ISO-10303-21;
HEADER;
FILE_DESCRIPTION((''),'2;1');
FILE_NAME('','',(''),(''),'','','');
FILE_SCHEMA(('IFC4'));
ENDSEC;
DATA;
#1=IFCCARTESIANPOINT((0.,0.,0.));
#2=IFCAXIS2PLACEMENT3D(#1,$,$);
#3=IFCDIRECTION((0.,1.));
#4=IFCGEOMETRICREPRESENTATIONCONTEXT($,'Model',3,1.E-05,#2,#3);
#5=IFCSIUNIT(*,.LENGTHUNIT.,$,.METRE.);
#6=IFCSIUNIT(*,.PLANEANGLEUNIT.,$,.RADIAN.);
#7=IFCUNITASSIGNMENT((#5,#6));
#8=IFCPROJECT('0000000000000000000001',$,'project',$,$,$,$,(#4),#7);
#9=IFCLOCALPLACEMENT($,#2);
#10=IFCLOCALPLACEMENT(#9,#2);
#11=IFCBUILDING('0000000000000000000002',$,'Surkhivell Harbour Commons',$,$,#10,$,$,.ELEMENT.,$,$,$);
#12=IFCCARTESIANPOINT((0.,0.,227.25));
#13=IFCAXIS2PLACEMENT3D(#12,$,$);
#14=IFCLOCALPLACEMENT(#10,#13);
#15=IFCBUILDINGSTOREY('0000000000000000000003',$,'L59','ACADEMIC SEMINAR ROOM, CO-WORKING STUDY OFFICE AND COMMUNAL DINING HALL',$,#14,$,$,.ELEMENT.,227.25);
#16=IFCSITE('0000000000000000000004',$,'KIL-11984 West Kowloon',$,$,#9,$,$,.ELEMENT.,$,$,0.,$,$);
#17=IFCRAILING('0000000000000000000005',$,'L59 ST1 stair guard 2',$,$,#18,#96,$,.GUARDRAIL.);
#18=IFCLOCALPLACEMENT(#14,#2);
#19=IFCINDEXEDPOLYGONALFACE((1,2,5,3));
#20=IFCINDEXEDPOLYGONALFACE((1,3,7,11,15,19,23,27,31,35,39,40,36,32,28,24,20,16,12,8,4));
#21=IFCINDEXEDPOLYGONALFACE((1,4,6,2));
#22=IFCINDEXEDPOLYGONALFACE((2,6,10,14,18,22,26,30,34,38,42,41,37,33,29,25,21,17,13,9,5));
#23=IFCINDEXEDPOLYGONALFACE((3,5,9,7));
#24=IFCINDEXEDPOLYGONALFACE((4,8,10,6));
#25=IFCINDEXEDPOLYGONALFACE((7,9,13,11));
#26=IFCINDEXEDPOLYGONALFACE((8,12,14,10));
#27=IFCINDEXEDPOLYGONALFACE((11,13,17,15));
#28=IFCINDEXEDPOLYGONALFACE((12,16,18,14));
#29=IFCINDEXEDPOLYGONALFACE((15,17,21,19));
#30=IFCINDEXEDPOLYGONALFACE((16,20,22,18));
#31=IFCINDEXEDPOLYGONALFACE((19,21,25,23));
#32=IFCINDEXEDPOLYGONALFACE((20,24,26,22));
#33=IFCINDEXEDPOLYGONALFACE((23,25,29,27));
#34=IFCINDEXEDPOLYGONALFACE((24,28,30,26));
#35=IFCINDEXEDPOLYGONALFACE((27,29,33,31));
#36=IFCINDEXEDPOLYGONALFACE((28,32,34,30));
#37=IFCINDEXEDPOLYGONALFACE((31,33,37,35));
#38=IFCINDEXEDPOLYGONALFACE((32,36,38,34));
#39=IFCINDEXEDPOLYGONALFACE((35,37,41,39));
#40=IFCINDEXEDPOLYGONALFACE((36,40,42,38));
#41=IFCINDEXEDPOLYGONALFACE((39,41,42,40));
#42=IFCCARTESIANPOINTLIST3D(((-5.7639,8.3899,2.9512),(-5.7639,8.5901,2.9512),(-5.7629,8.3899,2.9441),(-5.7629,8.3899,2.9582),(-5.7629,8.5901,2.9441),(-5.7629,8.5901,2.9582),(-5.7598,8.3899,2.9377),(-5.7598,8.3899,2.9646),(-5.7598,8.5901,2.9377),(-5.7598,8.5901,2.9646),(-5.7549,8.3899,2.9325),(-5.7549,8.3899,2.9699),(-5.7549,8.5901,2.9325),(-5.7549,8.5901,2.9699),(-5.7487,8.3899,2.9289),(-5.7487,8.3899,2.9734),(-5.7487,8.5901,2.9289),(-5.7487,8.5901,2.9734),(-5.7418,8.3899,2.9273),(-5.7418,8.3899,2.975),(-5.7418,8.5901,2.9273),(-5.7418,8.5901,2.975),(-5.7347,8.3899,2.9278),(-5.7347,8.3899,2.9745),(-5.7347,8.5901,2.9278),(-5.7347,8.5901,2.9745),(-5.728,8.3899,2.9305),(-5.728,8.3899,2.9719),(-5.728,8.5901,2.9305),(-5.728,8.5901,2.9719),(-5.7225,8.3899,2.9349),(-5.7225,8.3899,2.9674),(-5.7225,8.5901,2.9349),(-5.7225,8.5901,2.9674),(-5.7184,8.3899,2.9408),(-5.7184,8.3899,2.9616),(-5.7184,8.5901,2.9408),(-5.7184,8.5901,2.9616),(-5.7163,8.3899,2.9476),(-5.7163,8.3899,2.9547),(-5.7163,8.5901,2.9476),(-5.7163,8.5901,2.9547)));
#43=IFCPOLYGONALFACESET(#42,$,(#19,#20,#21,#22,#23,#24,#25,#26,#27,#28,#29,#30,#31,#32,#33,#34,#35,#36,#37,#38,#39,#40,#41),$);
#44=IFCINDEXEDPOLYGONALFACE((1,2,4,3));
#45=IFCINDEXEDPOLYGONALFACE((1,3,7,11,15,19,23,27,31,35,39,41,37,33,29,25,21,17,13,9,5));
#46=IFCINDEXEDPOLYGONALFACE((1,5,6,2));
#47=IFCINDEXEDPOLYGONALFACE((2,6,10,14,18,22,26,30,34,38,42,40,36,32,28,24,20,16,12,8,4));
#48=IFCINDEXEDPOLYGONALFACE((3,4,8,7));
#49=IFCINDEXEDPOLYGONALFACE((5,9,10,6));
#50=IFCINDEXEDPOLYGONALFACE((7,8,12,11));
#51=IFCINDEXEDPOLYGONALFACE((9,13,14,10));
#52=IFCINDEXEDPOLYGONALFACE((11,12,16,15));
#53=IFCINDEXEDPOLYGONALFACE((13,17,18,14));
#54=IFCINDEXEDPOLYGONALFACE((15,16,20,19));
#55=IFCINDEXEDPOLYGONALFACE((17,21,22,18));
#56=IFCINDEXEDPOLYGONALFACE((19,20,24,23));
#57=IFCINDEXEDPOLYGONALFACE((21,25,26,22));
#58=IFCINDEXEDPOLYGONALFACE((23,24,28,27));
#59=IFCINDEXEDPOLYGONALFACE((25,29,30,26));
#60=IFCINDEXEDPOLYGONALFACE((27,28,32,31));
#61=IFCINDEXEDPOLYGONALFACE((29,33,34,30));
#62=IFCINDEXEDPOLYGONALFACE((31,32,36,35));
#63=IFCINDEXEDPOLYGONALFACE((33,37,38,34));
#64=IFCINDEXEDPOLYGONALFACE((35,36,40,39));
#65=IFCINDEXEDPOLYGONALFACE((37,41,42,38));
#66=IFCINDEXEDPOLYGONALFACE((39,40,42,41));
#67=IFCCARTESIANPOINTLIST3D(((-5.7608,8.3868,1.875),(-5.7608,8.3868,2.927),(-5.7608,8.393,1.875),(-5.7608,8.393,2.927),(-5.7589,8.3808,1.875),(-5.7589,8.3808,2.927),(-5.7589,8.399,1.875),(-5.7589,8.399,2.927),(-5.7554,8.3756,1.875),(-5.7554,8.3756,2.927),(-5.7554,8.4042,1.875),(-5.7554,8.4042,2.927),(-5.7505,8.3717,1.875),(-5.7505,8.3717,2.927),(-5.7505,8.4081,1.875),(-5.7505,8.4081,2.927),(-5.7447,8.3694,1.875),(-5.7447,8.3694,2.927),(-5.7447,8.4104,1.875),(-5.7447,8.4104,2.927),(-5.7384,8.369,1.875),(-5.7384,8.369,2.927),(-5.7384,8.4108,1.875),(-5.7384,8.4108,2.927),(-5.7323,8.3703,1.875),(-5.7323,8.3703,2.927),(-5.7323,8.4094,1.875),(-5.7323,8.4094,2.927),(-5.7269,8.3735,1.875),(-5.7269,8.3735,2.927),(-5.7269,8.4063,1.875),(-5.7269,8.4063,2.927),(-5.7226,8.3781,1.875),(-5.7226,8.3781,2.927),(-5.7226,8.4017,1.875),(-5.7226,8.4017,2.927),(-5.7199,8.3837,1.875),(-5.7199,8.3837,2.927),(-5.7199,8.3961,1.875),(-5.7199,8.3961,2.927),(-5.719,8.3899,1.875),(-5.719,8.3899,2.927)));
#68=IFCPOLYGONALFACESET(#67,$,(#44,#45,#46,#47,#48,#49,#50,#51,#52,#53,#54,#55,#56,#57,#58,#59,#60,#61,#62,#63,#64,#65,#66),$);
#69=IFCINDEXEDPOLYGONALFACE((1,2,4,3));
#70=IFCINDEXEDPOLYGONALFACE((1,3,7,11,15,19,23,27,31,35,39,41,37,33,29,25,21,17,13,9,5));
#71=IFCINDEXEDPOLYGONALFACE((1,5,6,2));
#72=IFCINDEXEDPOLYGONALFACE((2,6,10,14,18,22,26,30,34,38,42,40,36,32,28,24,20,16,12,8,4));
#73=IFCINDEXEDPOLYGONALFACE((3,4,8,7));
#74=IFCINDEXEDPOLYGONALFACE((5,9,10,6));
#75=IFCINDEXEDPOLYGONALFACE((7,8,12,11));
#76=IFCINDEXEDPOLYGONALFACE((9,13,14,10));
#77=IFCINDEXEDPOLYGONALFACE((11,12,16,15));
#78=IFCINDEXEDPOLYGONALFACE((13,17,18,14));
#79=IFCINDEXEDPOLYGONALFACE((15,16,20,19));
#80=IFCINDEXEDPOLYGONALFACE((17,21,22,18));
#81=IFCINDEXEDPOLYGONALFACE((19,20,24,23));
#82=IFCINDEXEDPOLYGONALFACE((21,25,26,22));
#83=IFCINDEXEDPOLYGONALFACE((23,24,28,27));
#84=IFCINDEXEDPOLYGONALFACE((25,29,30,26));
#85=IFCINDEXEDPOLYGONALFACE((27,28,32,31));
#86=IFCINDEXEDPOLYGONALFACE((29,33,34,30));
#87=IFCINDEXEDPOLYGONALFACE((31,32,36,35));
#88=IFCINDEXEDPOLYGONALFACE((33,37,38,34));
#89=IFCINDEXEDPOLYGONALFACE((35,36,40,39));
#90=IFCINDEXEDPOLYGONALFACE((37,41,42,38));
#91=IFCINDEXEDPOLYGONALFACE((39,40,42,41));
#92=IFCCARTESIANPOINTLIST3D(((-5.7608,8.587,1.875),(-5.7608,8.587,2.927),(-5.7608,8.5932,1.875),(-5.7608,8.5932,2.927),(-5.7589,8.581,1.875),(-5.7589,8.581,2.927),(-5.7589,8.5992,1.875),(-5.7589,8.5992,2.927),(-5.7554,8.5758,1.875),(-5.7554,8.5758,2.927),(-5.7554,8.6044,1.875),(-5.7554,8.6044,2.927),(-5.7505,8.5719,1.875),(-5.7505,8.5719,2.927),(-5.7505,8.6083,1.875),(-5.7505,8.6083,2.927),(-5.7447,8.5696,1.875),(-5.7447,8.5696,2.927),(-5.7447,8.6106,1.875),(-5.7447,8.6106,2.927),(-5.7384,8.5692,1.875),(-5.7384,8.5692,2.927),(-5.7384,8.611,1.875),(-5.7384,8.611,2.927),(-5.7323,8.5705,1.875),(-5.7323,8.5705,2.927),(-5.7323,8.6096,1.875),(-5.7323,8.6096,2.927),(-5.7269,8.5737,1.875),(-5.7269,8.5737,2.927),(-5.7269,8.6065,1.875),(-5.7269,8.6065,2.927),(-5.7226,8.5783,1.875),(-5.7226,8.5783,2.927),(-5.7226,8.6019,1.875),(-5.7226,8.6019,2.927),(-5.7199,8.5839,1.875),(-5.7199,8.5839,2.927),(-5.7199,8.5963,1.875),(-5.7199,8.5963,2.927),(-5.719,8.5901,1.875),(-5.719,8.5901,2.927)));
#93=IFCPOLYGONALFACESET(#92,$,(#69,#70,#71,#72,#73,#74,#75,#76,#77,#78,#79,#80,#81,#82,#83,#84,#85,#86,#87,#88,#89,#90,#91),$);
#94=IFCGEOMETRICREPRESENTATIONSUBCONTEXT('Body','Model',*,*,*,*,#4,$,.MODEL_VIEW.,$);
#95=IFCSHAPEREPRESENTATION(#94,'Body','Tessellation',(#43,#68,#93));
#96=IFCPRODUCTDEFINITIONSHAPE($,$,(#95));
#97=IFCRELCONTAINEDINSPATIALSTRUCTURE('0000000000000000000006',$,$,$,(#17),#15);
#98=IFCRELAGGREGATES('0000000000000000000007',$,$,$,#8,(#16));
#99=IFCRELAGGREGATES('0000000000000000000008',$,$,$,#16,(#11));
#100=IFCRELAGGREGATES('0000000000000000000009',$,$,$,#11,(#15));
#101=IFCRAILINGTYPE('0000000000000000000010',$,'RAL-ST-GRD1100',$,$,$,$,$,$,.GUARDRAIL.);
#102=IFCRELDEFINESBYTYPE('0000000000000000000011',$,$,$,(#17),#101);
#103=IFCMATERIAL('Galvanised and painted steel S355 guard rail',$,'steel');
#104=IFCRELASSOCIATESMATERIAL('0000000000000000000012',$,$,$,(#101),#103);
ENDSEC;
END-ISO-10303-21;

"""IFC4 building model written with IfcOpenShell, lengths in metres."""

from ifc_helpers import new_model, si_unit, direction, frame, origin, origin_2d, place, context, subcontext, project, spatial, circle, extrude, material, type_object, element, save


model = new_model("IFC4")

# Units and contexts
model_context = context("Model", 3, precision=1e-05, world=origin(), true_north=direction((0.0, 1.0)))
body_context = subcontext(model_context, "Body", "Model", "MODEL_VIEW")
ifc_project = project(units=[si_unit("LENGTHUNIT", "METRE"), si_unit("PLANEANGLEUNIT", "RADIAN")], contexts=[model_context])

# Site, building, storey
site_placement = place(None, origin())
site = spatial("IfcSite", under=ifc_project, at=site_placement, Name="KIL-11984 West Kowloon", CompositionType="ELEMENT", RefElevation=0.0)
building_placement = place(site_placement, origin())
building = spatial("IfcBuilding", under=site, at=building_placement, Name="Surkhivell Harbour Commons", CompositionType="ELEMENT")
storey_placement = place(building_placement, frame((0.0, 0.0, 227.25)))
storey = spatial("IfcBuildingStorey", under=building, at=storey_placement, Name="L59", Description="ACADEMIC SEMINAR ROOM, CO-WORKING STUDY OFFICE AND COMMUNAL DINING HALL", CompositionType="ELEMENT", Elevation=227.25)

# Railing
ifc_material_1 = material(Name="Galvanised and painted steel S355 guard rail", Category="steel")
railing_type_1 = type_object("IfcRailingType", Name="RAL-ST-GRD1100", PredefinedType="GUARDRAIL", material=ifc_material_1)
railing_1_placement = place(storey_placement, frame((-5.74, 8.3899, 1.875)))
element("IfcRailing", 1, at=railing_1_placement, inside=storey, type_object=railing_type_1, Name="L59 ST1 stair guard 2", PredefinedType="GUARDRAIL", context=body_context, shape_type="SweptSolid", body=[
    extrude(circle(Radius=0.0239, at=origin_2d()), frame((0.0, 0.0, 1.0762), z_axis=(0.0, 1.0, 0.0), x_axis=(-1.0, 0.0, 0.0)), (0.0, 0.0, 1.0), 0.2002),
    extrude(circle(Radius=0.021, at=origin_2d()), origin(), (0.0, 0.0, 1.0), 1.052),
    extrude(circle(Radius=0.021, at=origin_2d()), frame((0.0, 0.2002, 0.0)), (0.0, 0.0, 1.0), 1.052),
])

save(model, "model.ifc")
